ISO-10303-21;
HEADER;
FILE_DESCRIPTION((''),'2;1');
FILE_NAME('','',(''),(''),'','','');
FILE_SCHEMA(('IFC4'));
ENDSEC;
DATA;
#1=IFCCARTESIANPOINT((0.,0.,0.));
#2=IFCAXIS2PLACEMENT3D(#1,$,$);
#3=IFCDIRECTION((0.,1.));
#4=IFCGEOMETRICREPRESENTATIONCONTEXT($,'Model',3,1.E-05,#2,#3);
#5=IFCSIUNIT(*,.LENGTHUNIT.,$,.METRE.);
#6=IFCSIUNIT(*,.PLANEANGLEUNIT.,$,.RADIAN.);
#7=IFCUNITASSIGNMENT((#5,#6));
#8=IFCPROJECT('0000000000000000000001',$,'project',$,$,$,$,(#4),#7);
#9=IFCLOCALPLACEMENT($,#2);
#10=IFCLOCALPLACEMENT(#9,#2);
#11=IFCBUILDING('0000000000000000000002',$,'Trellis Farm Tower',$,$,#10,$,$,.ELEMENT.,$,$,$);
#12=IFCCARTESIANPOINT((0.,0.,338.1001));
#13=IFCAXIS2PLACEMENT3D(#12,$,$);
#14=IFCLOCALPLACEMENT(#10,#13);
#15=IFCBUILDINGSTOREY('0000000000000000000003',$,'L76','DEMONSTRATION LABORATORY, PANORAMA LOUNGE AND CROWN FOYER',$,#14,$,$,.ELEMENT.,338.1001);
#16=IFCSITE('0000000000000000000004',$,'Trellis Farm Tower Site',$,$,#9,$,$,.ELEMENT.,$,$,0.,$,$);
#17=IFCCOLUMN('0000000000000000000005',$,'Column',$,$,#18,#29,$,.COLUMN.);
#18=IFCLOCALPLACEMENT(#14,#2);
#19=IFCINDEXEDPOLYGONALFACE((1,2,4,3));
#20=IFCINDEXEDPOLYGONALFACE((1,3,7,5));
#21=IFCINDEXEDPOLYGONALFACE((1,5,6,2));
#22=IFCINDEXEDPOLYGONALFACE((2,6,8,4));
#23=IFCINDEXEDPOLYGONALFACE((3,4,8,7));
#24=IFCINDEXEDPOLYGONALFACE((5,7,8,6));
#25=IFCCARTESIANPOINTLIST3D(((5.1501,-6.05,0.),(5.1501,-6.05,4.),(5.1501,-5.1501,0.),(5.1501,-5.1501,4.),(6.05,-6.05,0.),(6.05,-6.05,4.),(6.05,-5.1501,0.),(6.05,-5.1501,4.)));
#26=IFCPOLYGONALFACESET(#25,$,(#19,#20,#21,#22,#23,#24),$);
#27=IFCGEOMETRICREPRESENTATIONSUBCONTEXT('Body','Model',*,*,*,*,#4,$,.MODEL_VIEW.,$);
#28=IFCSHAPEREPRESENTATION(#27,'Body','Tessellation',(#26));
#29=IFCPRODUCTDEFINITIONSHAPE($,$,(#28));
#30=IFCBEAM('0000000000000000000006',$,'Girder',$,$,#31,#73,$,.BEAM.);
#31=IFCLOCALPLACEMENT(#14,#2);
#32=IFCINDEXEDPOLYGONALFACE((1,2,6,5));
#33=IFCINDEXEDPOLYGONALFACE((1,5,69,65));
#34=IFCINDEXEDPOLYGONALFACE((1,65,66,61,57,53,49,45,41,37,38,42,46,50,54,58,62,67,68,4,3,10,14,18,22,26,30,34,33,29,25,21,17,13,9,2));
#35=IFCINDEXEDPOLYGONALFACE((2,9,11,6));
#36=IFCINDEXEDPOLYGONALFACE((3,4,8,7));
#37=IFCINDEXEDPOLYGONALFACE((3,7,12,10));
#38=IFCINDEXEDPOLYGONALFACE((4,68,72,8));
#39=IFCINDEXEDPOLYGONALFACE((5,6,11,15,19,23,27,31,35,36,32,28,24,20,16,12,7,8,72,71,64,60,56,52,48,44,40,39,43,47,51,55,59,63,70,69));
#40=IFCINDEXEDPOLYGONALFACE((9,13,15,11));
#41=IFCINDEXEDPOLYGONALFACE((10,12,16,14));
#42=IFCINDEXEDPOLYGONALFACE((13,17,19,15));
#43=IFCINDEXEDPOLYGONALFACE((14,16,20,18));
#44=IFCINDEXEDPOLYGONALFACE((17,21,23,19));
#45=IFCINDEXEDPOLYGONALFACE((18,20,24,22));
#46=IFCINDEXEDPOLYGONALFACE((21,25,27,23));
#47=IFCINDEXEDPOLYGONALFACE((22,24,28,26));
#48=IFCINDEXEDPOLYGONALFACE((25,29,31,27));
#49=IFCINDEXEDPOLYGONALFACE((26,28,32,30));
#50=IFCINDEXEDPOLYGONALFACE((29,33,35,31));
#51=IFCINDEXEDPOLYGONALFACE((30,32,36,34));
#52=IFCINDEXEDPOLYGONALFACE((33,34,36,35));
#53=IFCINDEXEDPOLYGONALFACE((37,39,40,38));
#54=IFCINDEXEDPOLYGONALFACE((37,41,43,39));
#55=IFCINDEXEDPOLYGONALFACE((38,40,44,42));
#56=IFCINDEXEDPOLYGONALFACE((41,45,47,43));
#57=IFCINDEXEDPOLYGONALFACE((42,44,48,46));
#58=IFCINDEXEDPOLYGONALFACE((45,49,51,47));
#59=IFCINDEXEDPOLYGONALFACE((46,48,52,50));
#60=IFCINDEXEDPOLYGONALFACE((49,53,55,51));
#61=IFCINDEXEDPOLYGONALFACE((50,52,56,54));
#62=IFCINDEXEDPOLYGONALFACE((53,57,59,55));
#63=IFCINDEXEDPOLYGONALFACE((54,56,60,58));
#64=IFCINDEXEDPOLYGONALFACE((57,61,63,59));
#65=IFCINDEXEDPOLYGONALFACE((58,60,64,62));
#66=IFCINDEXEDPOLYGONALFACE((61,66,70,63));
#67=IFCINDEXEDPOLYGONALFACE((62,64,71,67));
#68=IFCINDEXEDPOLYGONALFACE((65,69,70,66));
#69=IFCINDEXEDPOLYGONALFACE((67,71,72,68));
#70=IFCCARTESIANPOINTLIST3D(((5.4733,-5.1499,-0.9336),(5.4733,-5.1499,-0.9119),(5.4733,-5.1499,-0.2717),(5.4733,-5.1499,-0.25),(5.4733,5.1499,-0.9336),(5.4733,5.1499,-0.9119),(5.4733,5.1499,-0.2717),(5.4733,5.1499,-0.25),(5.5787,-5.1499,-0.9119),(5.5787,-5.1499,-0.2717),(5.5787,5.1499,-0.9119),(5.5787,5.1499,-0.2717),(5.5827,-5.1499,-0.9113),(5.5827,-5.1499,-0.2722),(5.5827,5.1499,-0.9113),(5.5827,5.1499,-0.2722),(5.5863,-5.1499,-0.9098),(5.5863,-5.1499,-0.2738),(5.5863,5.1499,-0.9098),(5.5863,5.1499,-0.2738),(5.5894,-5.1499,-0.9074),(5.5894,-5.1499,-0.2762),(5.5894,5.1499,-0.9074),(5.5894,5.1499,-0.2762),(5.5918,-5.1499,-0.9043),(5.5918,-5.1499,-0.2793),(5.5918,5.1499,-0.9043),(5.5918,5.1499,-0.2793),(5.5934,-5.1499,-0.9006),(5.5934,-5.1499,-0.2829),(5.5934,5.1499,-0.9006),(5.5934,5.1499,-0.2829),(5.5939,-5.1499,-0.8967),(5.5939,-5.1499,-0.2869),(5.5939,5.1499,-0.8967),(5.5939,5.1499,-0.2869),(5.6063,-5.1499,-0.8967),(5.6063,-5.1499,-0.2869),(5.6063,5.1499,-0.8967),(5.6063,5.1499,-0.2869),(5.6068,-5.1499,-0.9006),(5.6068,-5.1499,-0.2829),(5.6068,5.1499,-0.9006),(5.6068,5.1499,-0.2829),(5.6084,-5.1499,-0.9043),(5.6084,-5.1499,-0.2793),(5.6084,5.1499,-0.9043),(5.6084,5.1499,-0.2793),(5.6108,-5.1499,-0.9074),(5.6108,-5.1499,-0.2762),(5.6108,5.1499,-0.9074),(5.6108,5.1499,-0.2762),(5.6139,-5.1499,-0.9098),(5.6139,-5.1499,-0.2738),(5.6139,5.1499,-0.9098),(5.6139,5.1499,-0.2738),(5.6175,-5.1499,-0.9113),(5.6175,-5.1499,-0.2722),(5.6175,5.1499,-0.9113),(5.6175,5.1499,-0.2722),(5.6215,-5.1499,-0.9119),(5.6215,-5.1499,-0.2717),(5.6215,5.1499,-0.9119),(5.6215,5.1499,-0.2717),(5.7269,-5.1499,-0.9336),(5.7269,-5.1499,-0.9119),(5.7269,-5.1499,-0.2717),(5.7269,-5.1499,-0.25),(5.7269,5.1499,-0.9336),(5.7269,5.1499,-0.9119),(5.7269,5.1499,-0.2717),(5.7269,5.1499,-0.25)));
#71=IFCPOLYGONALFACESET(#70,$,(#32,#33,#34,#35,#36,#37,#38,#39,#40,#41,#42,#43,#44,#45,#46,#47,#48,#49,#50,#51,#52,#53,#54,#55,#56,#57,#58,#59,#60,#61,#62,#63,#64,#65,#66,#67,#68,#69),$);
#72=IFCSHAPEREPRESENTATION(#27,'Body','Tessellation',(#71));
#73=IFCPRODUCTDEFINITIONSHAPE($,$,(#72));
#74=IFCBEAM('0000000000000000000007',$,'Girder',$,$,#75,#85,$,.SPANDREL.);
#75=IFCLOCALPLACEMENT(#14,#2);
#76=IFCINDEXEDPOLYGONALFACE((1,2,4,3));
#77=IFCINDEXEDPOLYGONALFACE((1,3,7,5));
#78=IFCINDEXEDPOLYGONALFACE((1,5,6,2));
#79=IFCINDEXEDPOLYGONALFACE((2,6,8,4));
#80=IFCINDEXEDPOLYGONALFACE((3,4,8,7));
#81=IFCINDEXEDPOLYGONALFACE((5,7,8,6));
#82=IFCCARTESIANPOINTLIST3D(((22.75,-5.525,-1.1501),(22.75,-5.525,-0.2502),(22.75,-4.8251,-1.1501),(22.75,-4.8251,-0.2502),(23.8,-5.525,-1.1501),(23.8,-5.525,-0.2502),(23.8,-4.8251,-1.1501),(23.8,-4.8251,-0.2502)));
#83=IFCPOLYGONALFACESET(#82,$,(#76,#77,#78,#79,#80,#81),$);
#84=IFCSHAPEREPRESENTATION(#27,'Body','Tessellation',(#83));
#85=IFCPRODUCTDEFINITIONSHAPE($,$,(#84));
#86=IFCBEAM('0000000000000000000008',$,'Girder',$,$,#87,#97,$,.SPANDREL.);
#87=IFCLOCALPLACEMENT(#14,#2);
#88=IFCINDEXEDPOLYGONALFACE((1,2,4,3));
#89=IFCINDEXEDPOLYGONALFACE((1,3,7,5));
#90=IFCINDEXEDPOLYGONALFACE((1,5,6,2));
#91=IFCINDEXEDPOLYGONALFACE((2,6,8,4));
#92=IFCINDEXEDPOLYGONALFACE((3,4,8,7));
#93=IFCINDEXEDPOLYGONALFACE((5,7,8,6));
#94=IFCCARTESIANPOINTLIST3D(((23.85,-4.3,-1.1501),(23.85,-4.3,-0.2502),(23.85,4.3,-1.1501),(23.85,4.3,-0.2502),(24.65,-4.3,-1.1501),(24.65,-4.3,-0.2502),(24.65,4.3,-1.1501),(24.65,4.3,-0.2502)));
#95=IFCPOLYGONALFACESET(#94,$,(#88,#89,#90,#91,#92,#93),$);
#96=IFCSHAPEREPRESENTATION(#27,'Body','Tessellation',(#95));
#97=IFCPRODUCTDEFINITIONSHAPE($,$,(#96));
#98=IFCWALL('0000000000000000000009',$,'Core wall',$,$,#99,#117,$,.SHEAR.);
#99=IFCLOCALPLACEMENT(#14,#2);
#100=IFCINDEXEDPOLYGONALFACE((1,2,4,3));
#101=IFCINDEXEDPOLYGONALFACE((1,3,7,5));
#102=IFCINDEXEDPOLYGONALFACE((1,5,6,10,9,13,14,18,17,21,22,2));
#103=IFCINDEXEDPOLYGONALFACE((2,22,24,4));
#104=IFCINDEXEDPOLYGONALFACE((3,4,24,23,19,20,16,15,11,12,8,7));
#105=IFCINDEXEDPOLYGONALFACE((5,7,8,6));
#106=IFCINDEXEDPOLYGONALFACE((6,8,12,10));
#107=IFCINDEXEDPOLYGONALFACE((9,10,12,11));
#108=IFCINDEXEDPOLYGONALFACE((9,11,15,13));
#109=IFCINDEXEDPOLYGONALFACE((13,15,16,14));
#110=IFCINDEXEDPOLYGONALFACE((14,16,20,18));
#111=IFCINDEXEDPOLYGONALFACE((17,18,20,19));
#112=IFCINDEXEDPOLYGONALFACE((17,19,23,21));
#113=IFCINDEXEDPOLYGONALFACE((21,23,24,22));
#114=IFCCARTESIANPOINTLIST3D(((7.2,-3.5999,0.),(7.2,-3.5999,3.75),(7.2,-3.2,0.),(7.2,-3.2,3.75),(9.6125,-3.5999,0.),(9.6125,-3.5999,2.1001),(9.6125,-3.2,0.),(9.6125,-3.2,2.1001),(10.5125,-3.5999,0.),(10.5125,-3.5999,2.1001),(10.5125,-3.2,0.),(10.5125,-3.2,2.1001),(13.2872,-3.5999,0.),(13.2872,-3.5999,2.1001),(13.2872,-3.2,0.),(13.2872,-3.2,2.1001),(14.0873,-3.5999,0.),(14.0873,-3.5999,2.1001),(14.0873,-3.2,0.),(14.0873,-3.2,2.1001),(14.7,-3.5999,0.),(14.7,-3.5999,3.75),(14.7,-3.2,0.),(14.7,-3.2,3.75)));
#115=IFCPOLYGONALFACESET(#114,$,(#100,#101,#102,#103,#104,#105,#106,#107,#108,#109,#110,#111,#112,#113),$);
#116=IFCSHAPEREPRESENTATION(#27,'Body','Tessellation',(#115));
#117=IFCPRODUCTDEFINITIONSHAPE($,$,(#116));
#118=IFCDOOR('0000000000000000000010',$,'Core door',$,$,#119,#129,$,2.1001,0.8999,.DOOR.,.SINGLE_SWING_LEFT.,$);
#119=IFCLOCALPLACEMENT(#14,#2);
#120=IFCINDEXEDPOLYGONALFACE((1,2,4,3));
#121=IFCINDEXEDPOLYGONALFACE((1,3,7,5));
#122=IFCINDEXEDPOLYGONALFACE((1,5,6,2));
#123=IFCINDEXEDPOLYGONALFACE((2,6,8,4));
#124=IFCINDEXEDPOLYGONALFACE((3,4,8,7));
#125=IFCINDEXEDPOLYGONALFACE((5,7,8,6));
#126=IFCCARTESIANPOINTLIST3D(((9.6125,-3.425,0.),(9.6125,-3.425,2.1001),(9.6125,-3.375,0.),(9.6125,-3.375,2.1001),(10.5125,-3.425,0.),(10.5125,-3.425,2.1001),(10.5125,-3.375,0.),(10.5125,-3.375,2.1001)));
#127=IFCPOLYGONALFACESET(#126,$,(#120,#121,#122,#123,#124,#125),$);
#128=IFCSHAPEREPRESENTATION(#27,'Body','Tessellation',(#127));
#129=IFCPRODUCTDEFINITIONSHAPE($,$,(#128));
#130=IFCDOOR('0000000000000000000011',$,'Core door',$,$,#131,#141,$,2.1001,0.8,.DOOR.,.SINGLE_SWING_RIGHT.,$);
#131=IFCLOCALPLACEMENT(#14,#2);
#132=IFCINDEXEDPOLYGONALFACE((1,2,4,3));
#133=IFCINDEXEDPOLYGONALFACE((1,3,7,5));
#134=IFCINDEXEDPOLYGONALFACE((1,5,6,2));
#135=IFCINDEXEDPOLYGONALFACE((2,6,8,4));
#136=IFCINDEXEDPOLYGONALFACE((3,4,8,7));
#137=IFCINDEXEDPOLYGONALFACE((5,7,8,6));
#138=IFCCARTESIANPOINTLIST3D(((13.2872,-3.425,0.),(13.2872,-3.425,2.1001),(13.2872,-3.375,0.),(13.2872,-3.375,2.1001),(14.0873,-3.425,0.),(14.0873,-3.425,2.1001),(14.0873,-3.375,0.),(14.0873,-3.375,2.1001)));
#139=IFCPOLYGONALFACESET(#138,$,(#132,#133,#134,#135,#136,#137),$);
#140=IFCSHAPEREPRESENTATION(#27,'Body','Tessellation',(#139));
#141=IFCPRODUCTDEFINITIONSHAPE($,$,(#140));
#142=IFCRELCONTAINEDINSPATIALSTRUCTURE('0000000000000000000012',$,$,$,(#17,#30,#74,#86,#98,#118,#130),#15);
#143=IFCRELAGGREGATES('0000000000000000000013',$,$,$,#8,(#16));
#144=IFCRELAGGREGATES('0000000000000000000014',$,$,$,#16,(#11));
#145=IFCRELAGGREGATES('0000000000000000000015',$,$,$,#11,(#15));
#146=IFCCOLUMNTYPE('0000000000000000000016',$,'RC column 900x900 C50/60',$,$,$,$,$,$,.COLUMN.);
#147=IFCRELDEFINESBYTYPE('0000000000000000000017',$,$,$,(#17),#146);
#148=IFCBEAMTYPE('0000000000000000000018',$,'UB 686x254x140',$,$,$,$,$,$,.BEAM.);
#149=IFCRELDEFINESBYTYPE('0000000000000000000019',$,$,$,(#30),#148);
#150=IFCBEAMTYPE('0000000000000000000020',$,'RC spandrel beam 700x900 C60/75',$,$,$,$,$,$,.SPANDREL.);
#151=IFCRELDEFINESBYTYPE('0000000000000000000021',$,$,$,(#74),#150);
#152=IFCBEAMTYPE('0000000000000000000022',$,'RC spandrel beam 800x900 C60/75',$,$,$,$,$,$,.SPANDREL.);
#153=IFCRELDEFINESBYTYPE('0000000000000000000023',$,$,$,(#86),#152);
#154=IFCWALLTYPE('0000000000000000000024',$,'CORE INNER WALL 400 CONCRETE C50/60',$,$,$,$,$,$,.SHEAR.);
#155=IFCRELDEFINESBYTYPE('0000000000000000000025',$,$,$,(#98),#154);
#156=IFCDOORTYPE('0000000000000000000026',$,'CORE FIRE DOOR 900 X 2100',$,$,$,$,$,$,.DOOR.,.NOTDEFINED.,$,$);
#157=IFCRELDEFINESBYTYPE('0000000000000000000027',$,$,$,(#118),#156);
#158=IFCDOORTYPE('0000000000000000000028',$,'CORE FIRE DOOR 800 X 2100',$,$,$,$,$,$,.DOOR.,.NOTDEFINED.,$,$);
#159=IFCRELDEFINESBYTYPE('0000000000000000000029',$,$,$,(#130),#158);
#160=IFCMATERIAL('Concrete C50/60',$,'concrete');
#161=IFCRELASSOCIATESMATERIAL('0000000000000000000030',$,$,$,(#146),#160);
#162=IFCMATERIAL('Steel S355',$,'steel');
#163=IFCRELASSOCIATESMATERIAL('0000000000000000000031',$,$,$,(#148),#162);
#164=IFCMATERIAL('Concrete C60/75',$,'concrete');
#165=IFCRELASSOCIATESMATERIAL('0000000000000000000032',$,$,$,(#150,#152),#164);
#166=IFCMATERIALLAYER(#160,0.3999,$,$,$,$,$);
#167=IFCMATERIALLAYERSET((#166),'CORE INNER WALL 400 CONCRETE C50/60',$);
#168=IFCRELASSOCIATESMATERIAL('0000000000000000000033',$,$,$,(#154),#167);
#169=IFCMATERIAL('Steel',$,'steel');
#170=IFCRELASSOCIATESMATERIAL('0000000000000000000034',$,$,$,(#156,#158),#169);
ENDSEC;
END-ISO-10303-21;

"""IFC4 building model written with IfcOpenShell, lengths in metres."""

from ifc_helpers import new_model, si_unit, direction, frame, frame_2d, origin, origin_2d, place, context, subcontext, project, spatial, rectangle, i_section, extrude, source, transform, mapped, material, layer, layer_set, material_profile, profile_set, type_object, element, fill, save


model = new_model("IFC4")

# Units and contexts
model_context = context("Model", 3, precision=1e-05, world=origin(), true_north=direction((0.0, 1.0)))
body_context = subcontext(model_context, "Body", "Model", "MODEL_VIEW")
ifc_project = project(units=[si_unit("LENGTHUNIT", "METRE"), si_unit("PLANEANGLEUNIT", "RADIAN")], contexts=[model_context])

# Site, building, storey
site_placement = place(None, origin())
site = spatial("IfcSite", under=ifc_project, at=site_placement, Name="Trellis Farm Tower Site", CompositionType="ELEMENT", RefElevation=0.0)
building_placement = place(site_placement, origin())
building = spatial("IfcBuilding", under=site, at=building_placement, Name="Trellis Farm Tower", CompositionType="ELEMENT")
storey_placement = place(building_placement, frame((0.0, 0.0, 338.1001)))
storey = spatial("IfcBuildingStorey", under=building, at=storey_placement, Name="L76", Description="DEMONSTRATION LABORATORY, PANORAMA LOUNGE AND CROWN FOYER", CompositionType="ELEMENT", Elevation=338.1001)

# Column
ifc_material_1 = material(Name="Concrete C50/60", Category="concrete")
ifc_material_profile_1 = material_profile(ifc_material_1, rectangle(XDim=0.8999, YDim=0.8999, at=origin_2d()), Name="RC column 900x900 C50/60")
ifc_profile_set_1 = profile_set([ifc_material_profile_1], Name="Concrete C50/60")
column_type = type_object("IfcColumnType", Name="RC column 900x900 C50/60", PredefinedType="COLUMN", material=ifc_profile_set_1)
shared_shape_1 = source(origin(), body_context, "Body", "SweptSolid", [
    extrude(rectangle(XDim=0.8999, YDim=0.8999, at=origin_2d()), origin(), (0.0, 0.0, 1.0), 4.0),
])
column_placement = place(storey_placement, frame((5.6001, -5.6001, 0.0), z_axis=(0.0, 0.0, 1.0), x_axis=(1.0, 0.0, 0.0)))
element("IfcColumn", 1, at=column_placement, inside=storey, type_object=column_type, Name="Column", PredefinedType="COLUMN", context=body_context, shape_type="MappedRepresentation", body=[
    mapped(shared_shape_1, transform((0.0, 0.0, 0.0))),
])

# Beams
ifc_material_2 = material(Name="Steel S355", Category="steel")
ifc_material_profile_2 = material_profile(ifc_material_2, i_section(OverallWidth=0.2537, OverallDepth=0.6836, WebThickness=0.0125, FlangeThickness=0.0217, FilletRadius=0.0151, at=origin_2d()), Name="UB 686x254x140")
ifc_profile_set_2 = profile_set([ifc_material_profile_2], Name="Steel S355")
beam_type_1 = type_object("IfcBeamType", Name="UB 686x254x140", PredefinedType="BEAM", material=ifc_profile_set_2)
shared_shape_2 = source(origin(), body_context, "Body", "SweptSolid", [
    extrude(i_section(OverallWidth=0.2537, OverallDepth=0.6836, WebThickness=0.0125, FlangeThickness=0.0217, FilletRadius=0.0151, at=origin_2d()), origin(), (0.0, 0.0, 1.0), 10.2998),
])
beam_1_placement = place(storey_placement, frame((5.6001, -5.1499, -0.5918), z_axis=(0.0, 1.0, 0.0), x_axis=(-1.0, 0.0, 0.0)))
element("IfcBeam", 2, at=beam_1_placement, inside=storey, type_object=beam_type_1, Name="Girder", PredefinedType="BEAM", context=body_context, shape_type="MappedRepresentation", body=[
    mapped(shared_shape_2, transform((0.0, 0.0, 0.0))),
])
ifc_material_3 = material(Name="Concrete C60/75", Category="concrete")
ifc_material_profile_3 = material_profile(ifc_material_3, rectangle(XDim=0.7, YDim=0.8999, at=origin_2d()), Name="RC spandrel beam 700x900 C60/75")
ifc_profile_set_3 = profile_set([ifc_material_profile_3], Name="Concrete C60/75")
beam_type_2 = type_object("IfcBeamType", Name="RC spandrel beam 700x900 C60/75", PredefinedType="SPANDREL", material=ifc_profile_set_3)
shared_shape_3 = source(origin(), body_context, "Body", "SweptSolid", [
    extrude(rectangle(XDim=0.7, YDim=0.8999, at=origin_2d()), origin(), (0.0, 0.0, 1.0), 1.05),
])
beam_2_placement = place(storey_placement, frame((22.75, -5.175, -0.7002), z_axis=(1.0, 0.0, 0.0), x_axis=(0.0, 1.0, 0.0)))
element("IfcBeam", 3, at=beam_2_placement, inside=storey, type_object=beam_type_2, Name="Girder", PredefinedType="SPANDREL", context=body_context, shape_type="MappedRepresentation", body=[
    mapped(shared_shape_3, transform((0.0, 0.0, 0.0))),
])
ifc_material_profile_4 = material_profile(ifc_material_3, rectangle(XDim=0.8, YDim=0.8999, at=origin_2d()), Name="RC spandrel beam 800x900 C60/75")
ifc_profile_set_4 = profile_set([ifc_material_profile_4], Name="Concrete C60/75")
beam_type_3 = type_object("IfcBeamType", Name="RC spandrel beam 800x900 C60/75", PredefinedType="SPANDREL", material=ifc_profile_set_4)
shared_shape_4 = source(origin(), body_context, "Body", "SweptSolid", [
    extrude(rectangle(XDim=0.8, YDim=0.8999, at=origin_2d()), origin(), (0.0, 0.0, 1.0), 8.6001),
])
beam_3_placement = place(storey_placement, frame((24.25, -4.3, -0.7002), z_axis=(0.0, 1.0, 0.0), x_axis=(-1.0, 0.0, 0.0)))
element("IfcBeam", 4, at=beam_3_placement, inside=storey, type_object=beam_type_3, Name="Girder", PredefinedType="SPANDREL", context=body_context, shape_type="MappedRepresentation", body=[
    mapped(shared_shape_4, transform((0.0, 0.0, 0.0))),
])

# Wall, openings, doors
ifc_layer_1 = layer(ifc_material_1, 0.3999)
ifc_layer_set_1 = layer_set([ifc_layer_1], Name="CORE INNER WALL 400 CONCRETE C50/60")
wall_type_1 = type_object("IfcWallType", Name="CORE INNER WALL 400 CONCRETE C50/60", PredefinedType="SHEAR", material=ifc_layer_set_1)
shared_shape_5 = source(origin(), body_context, "Body", "SweptSolid", [
    extrude(rectangle(XDim=7.5, YDim=0.3999, at=frame_2d((3.75, 0.0))), origin(), (0.0, 0.0, 1.0), 3.75),
])
wall_1_placement = place(storey_placement, frame((7.2, -3.3999, 0.0), z_axis=(0.0, 0.0, 1.0), x_axis=(1.0, 0.0, 0.0)))
wall_1 = element("IfcWall", 5, at=wall_1_placement, inside=storey, type_object=wall_type_1, Name="Core wall", PredefinedType="SHEAR", context=body_context, shape_type="MappedRepresentation", body=[
    mapped(shared_shape_5, transform((0.0, 0.0, 0.0))),
])
shared_shape_6 = source(origin(), body_context, "Body", "SweptSolid", [
    extrude(rectangle(XDim=0.8999, YDim=2.1001, at=frame_2d((0.45, 1.05))), frame((0.0, 0.21, 0.0), z_axis=(0.0, -1.0, 0.0), x_axis=(1.0, 0.0, 0.0)), (0.0, 0.0, 1.0), 0.4199),
])
opening_1_placement = place(wall_1_placement, frame((2.4126, 0.0, 0.0)))
opening_1 = element("IfcOpeningElement", 6, at=opening_1_placement, cuts=wall_1, PredefinedType="OPENING", context=body_context, shape_type="MappedRepresentation", body=[
    mapped(shared_shape_6, transform((0.0, 0.0, 0.0))),
])
shared_shape_7 = source(origin(), body_context, "Body", "SweptSolid", [
    extrude(rectangle(XDim=0.8, YDim=2.1001, at=frame_2d((0.3999, 1.05))), frame((0.0, 0.21, 0.0), z_axis=(0.0, -1.0, 0.0), x_axis=(1.0, 0.0, 0.0)), (0.0, 0.0, 1.0), 0.4199),
])
opening_2_placement = place(wall_1_placement, frame((6.0874, 0.0, 0.0)))
opening_2 = element("IfcOpeningElement", 7, at=opening_2_placement, cuts=wall_1, PredefinedType="OPENING", context=body_context, shape_type="MappedRepresentation", body=[
    mapped(shared_shape_7, transform((0.0, 0.0, 0.0))),
])
ifc_material_4 = material(Name="Steel", Category="steel")
door_type_1 = type_object("IfcDoorType", Name="CORE FIRE DOOR 900 X 2100", OperationType="NOTDEFINED", PredefinedType="DOOR", material=ifc_material_4)
shared_shape_8 = source(origin(), body_context, "Body", "SweptSolid", [
    extrude(rectangle(XDim=0.8999, YDim=2.1001, at=frame_2d((0.45, 1.05))), frame((0.0, 0.0249, 0.0), z_axis=(0.0, -1.0, 0.0), x_axis=(1.0, 0.0, 0.0)), (0.0, 0.0, 1.0), 0.05),
])
door_1_placement = place(opening_1_placement, origin())
door_1 = element("IfcDoor", 8, at=door_1_placement, inside=storey, type_object=door_type_1, Name="Core door", OperationType="SINGLE_SWING_LEFT", OverallHeight=2.1001, OverallWidth=0.8999, PredefinedType="DOOR", context=body_context, shape_type="MappedRepresentation", body=[
    mapped(shared_shape_8, transform((0.0, 0.0, 0.0))),
])
fill(opening_1, door_1)
door_type_2 = type_object("IfcDoorType", Name="CORE FIRE DOOR 800 X 2100", OperationType="NOTDEFINED", PredefinedType="DOOR", material=ifc_material_4)
shared_shape_9 = source(origin(), body_context, "Body", "SweptSolid", [
    extrude(rectangle(XDim=0.8, YDim=2.1001, at=frame_2d((0.3999, 1.05))), frame((0.0, 0.0249, 0.0), z_axis=(0.0, -1.0, 0.0), x_axis=(1.0, 0.0, 0.0)), (0.0, 0.0, 1.0), 0.05),
])
door_2_placement = place(opening_2_placement, origin())
door_2 = element("IfcDoor", 9, at=door_2_placement, inside=storey, type_object=door_type_2, Name="Core door", OperationType="SINGLE_SWING_RIGHT", OverallHeight=2.1001, OverallWidth=0.8, PredefinedType="DOOR", context=body_context, shape_type="MappedRepresentation", body=[
    mapped(shared_shape_9, transform((0.0, 0.0, 0.0))),
])
fill(opening_2, door_2)

save(model, "model.ifc")
